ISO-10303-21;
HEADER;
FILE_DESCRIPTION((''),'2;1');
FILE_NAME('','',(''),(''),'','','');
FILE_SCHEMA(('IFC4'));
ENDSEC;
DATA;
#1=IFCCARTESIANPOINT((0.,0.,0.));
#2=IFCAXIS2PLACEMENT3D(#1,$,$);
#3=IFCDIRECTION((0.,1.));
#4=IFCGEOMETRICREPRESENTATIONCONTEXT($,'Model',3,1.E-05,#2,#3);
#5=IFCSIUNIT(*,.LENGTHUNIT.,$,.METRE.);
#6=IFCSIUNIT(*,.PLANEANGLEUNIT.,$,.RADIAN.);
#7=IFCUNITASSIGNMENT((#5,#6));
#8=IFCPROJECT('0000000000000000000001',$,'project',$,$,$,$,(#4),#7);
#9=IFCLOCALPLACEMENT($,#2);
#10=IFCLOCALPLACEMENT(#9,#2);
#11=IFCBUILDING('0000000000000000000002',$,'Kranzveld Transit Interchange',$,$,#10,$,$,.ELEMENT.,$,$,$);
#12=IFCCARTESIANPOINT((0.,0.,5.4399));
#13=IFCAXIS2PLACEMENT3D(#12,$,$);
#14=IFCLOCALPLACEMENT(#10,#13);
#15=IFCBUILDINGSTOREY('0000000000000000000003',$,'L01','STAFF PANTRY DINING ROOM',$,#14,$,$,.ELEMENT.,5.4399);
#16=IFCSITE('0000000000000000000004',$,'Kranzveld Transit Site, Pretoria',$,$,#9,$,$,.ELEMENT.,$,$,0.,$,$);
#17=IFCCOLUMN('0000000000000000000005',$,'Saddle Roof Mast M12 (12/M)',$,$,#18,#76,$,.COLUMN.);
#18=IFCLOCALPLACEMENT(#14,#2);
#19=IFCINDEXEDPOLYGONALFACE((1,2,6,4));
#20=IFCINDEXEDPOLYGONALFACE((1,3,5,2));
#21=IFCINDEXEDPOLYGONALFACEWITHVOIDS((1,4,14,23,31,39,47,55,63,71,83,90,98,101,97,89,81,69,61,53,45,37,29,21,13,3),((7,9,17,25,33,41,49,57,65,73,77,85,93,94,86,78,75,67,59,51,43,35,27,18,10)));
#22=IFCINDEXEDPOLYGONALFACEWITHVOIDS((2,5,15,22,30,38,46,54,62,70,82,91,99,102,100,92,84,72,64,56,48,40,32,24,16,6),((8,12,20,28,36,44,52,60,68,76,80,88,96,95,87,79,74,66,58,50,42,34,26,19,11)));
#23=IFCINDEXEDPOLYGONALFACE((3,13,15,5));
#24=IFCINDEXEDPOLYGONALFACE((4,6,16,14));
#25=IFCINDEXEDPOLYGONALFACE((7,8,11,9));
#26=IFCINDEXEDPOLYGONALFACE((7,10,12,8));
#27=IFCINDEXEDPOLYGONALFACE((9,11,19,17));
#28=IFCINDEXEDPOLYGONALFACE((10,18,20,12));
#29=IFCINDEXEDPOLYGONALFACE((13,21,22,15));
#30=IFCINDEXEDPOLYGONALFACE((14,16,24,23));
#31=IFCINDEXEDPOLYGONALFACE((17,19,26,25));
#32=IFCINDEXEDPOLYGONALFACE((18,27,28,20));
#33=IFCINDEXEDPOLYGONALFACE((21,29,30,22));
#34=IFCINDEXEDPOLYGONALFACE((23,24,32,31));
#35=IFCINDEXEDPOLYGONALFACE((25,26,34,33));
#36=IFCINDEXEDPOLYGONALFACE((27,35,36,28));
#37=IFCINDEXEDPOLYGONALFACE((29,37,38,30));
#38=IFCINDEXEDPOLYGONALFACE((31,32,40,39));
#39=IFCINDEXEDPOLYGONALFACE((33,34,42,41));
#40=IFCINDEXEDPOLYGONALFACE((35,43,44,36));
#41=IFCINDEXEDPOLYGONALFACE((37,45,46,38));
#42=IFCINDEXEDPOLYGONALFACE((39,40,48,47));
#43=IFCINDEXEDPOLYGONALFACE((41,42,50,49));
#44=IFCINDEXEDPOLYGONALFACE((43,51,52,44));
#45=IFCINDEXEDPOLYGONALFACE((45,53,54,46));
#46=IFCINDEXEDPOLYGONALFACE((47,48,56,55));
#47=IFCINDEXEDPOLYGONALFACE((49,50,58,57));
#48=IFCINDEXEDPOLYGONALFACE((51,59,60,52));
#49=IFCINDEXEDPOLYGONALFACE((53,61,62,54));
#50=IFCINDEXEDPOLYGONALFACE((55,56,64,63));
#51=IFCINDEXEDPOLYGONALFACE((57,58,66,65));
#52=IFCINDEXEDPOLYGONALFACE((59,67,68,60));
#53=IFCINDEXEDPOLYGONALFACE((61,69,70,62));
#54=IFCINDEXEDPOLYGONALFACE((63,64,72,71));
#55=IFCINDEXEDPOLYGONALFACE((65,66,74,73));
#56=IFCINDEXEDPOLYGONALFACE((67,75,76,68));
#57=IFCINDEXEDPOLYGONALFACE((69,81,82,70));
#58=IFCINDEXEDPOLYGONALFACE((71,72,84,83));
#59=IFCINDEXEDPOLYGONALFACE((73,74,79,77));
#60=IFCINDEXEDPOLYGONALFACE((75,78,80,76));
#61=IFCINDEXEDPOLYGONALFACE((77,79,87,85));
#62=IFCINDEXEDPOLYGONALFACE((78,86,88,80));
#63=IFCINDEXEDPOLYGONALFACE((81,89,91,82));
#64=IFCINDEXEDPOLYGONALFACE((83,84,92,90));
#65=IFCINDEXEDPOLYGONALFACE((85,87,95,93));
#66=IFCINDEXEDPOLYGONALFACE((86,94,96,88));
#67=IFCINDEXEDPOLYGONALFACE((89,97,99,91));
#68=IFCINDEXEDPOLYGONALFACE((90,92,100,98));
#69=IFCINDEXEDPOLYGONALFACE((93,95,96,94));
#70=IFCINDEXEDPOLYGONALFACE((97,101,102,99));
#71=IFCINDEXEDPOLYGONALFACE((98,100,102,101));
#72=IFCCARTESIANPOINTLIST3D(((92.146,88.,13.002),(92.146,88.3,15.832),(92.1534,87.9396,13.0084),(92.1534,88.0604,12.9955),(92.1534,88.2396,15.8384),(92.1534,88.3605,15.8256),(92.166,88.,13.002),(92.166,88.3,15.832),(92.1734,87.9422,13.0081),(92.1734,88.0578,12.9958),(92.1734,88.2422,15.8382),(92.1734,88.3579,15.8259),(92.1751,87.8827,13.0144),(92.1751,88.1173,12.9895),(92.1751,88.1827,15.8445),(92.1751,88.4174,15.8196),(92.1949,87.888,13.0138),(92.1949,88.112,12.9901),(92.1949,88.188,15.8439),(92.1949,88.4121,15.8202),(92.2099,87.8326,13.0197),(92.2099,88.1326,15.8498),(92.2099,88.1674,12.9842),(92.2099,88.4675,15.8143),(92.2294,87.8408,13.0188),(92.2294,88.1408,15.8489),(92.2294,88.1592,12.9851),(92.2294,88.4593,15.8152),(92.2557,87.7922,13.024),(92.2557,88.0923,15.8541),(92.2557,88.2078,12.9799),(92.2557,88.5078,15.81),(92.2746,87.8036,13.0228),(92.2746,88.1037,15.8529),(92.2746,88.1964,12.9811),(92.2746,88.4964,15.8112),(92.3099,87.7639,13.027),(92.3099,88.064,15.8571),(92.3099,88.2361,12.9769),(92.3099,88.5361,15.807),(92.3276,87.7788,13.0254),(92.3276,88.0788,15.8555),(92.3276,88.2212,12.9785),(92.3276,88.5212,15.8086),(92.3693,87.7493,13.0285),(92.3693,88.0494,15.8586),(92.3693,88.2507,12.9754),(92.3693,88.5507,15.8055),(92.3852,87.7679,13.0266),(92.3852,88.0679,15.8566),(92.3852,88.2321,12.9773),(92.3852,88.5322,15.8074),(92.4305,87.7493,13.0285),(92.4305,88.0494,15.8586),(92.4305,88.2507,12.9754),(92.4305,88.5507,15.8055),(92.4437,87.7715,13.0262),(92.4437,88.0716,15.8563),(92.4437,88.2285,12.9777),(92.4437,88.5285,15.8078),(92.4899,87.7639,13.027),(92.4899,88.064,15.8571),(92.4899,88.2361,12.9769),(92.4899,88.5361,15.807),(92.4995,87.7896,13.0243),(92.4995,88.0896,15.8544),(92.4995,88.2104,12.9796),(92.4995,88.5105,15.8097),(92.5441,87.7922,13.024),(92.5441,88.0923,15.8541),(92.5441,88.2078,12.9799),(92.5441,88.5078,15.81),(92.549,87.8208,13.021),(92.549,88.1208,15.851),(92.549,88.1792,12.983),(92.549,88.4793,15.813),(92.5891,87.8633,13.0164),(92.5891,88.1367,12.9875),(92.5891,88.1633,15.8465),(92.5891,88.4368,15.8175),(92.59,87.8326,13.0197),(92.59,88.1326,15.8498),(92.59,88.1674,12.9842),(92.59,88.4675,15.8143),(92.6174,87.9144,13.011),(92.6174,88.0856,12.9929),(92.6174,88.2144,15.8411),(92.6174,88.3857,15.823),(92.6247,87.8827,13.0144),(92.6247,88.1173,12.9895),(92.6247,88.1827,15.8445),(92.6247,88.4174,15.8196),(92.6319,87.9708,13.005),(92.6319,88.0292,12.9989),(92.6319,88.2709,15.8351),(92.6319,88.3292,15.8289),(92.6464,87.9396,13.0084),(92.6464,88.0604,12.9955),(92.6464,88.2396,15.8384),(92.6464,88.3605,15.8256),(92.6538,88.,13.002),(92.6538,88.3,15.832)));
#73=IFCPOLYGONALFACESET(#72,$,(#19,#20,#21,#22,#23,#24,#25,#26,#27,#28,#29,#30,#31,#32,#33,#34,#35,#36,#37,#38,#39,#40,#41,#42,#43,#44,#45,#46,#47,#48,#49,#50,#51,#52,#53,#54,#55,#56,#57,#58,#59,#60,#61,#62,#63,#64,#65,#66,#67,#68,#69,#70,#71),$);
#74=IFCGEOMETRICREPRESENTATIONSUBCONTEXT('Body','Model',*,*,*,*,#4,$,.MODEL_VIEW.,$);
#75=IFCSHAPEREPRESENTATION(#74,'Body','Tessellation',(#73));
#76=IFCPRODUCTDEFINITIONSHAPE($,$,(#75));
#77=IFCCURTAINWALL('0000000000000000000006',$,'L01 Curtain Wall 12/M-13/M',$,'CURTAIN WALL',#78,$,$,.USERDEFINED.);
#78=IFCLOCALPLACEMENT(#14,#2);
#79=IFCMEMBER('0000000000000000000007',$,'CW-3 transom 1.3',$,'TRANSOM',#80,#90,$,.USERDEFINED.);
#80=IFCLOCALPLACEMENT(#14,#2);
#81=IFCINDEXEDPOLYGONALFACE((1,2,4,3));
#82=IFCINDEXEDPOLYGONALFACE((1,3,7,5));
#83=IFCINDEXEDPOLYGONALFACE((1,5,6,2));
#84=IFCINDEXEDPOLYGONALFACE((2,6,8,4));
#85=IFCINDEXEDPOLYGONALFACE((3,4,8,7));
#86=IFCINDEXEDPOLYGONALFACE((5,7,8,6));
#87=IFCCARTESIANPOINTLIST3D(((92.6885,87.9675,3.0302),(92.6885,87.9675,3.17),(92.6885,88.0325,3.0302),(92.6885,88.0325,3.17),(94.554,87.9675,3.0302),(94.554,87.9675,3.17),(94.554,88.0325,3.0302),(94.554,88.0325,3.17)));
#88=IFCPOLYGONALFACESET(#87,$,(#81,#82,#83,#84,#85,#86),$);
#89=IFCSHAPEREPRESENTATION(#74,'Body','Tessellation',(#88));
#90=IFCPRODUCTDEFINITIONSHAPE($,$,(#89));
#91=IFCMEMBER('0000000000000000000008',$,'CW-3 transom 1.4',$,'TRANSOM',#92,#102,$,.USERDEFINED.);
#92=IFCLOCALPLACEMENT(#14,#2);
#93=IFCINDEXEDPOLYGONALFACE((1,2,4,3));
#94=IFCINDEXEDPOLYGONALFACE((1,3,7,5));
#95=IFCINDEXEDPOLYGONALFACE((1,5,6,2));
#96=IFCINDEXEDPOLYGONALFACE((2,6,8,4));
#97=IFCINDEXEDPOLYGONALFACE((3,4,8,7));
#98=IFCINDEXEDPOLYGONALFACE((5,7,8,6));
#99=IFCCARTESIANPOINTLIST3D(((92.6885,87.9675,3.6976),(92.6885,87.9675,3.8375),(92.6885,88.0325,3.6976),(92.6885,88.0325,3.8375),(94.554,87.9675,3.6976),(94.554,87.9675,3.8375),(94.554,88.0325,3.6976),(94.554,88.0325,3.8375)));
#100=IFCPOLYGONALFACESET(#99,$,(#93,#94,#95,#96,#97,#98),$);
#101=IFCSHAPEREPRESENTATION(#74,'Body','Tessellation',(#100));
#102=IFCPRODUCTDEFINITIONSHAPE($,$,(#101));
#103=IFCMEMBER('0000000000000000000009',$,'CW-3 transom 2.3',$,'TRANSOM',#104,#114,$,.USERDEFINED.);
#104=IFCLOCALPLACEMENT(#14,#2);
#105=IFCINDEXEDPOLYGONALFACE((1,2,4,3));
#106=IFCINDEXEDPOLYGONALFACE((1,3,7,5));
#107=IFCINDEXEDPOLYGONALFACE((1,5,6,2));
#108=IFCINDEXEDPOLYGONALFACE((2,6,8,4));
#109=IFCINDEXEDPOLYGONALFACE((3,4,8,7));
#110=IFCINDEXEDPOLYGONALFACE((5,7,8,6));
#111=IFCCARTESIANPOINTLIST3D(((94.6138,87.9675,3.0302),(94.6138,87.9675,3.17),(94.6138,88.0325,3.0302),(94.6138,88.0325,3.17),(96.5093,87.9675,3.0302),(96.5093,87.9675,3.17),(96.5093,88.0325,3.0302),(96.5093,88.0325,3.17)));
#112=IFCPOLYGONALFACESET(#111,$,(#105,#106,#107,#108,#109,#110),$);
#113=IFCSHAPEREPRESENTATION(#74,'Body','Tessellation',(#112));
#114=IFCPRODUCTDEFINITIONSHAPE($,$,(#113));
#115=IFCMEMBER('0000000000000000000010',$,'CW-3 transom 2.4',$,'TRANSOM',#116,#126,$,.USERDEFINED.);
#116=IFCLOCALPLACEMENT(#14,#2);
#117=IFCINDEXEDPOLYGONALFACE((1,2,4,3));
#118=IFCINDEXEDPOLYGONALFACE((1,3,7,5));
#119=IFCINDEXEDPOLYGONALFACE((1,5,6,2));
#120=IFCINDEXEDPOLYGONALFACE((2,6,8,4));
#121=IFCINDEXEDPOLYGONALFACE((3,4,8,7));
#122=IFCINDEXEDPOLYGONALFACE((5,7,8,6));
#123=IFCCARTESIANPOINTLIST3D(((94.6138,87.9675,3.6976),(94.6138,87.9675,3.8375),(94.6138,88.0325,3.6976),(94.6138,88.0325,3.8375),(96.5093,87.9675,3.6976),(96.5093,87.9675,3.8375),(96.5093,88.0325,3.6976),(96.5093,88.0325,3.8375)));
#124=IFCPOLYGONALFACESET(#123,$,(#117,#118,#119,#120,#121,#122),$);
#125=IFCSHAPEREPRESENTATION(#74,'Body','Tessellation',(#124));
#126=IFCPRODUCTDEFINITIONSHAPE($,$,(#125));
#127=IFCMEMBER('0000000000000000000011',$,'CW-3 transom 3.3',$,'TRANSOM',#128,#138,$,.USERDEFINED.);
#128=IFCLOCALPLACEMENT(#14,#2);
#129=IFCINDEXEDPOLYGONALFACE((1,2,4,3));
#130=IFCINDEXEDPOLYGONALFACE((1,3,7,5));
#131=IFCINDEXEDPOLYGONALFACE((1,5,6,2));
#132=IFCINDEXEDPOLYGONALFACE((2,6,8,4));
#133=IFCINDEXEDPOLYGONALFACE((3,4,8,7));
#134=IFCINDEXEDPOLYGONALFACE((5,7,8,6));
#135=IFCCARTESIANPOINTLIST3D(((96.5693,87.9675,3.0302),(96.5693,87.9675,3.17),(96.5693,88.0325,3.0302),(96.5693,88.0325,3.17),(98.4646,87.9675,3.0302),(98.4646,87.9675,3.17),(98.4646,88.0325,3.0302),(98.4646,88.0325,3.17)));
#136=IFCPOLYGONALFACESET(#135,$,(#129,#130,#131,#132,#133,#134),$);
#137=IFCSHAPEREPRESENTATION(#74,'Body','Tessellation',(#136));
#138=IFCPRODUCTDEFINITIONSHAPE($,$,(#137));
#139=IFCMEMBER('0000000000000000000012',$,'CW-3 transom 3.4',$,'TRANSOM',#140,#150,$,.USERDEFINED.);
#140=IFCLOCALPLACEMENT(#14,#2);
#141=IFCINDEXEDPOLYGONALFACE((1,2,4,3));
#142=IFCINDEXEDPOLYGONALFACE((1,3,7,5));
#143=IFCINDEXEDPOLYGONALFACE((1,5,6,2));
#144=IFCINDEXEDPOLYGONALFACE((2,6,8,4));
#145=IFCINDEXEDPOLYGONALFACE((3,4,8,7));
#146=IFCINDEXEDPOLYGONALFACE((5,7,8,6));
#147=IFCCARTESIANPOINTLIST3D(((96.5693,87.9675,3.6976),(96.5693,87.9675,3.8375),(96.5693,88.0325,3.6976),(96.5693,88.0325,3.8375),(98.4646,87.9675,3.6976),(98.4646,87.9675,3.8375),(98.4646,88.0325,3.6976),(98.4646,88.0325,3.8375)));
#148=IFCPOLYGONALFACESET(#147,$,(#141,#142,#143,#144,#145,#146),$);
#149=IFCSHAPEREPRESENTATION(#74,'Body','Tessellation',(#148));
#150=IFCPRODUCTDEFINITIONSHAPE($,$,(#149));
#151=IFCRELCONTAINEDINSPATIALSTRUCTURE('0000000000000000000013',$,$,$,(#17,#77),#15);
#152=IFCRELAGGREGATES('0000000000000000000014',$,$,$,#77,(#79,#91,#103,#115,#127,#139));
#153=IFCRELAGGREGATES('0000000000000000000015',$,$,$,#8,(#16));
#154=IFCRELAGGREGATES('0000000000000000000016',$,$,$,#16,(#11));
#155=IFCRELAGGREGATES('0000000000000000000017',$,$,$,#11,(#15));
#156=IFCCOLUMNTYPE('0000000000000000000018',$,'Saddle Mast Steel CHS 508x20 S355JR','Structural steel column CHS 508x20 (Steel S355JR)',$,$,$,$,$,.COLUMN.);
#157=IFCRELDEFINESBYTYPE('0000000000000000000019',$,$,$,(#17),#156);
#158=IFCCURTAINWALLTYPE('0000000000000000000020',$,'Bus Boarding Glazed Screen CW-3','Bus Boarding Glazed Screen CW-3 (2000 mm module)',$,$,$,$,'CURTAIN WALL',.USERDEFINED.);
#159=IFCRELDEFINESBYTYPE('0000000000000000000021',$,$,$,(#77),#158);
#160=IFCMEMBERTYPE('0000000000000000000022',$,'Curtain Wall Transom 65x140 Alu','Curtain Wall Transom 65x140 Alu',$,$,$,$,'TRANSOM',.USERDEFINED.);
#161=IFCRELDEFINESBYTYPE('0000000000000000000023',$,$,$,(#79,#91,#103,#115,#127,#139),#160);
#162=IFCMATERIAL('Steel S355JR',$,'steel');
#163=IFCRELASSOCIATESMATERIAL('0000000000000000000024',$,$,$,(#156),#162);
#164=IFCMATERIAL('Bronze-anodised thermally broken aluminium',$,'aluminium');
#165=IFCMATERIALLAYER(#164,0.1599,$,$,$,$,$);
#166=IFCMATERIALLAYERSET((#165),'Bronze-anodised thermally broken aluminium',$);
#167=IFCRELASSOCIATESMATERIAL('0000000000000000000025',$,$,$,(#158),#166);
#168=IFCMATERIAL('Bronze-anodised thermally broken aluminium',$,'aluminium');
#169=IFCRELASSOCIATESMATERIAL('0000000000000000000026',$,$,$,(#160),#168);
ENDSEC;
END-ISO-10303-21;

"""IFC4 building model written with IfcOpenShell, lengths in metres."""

from ifc_helpers import new_model, si_unit, direction, frame, origin, origin_2d, place, context, subcontext, project, spatial, rectangle, hollow_circle, extrude, material, layer, layer_set, material_profile, profile_set, type_object, element, aggregate, save


model = new_model("IFC4")

# Units and contexts
model_context = context("Model", 3, precision=1e-05, world=origin(), true_north=direction((0.0, 1.0)))
body_context = subcontext(model_context, "Body", "Model", "MODEL_VIEW")
ifc_project = project(units=[si_unit("LENGTHUNIT", "METRE"), si_unit("PLANEANGLEUNIT", "RADIAN")], contexts=[model_context])

# Site, building, storey
site_placement = place(None, origin())
site = spatial("IfcSite", under=ifc_project, at=site_placement, Name="Kranzveld Transit Site, Pretoria", CompositionType="ELEMENT", RefElevation=0.0)
building_placement = place(site_placement, origin())
building = spatial("IfcBuilding", under=site, at=building_placement, Name="Kranzveld Transit Interchange", CompositionType="ELEMENT")
storey_placement = place(building_placement, frame((0.0, 0.0, 5.4399)))
storey = spatial("IfcBuildingStorey", under=building, at=storey_placement, Name="L01", Description="STAFF PANTRY DINING ROOM", CompositionType="ELEMENT", Elevation=5.4399)

# Column
ifc_material_1 = material(Name="Steel S355JR", Category="steel")
ifc_material_profile_1 = material_profile(ifc_material_1, hollow_circle(Radius=0.2539, WallThickness=0.02, at=origin_2d()), Name="CHS 508x20")
ifc_profile_set_1 = profile_set([ifc_material_profile_1], Name="Steel S355JR")
column_type = type_object("IfcColumnType", Name="Saddle Mast Steel CHS 508x20 S355JR", Description="Structural steel column CHS 508x20 (Steel S355JR)", PredefinedType="COLUMN", material=ifc_profile_set_1)
column_placement = place(storey_placement, frame((92.3999, 88.0, 13.002), z_axis=(0.0, 0.105431, 0.994427), x_axis=(-1.0, 0.0, 0.0)))
element("IfcColumn", 1, at=column_placement, inside=storey, type_object=column_type, Name="Saddle Roof Mast M12 (12/M)", PredefinedType="COLUMN", context=body_context, shape_type="SweptSolid", body=[
    extrude(hollow_circle(Radius=0.2539, WallThickness=0.02, at=origin_2d()), origin(), (0.0, 0.0, 1.0), 2.8459),
])

# Curtain wall, members
ifc_material_2 = material(Name="Bronze-anodised thermally broken aluminium", Category="aluminium")
ifc_layer_1 = layer(ifc_material_2, 0.1599)
ifc_layer_set_1 = layer_set([ifc_layer_1], Name="Bronze-anodised thermally broken aluminium")
curtain_wall_type = type_object("IfcCurtainWallType", Name="Bus Boarding Glazed Screen CW-3", Description="Bus Boarding Glazed Screen CW-3 (2000 mm module)", ElementType="CURTAIN WALL", PredefinedType="USERDEFINED", material=ifc_layer_set_1)
curtain_wall_placement = place(storey_placement, origin())
curtain_wall = element("IfcCurtainWall", 2, at=curtain_wall_placement, inside=storey, type_object=curtain_wall_type, Name="L01 Curtain Wall 12/M-13/M", ObjectType="CURTAIN WALL", PredefinedType="USERDEFINED")
ifc_material_3 = material(Name="Bronze-anodised thermally broken aluminium", Category="aluminium")
ifc_material_profile_2 = material_profile(ifc_material_3, rectangle(XDim=0.0649, YDim=0.1399, at=origin_2d()), Name="ALU TRANSOM 65x140")
ifc_profile_set_2 = profile_set([ifc_material_profile_2], Name="Bronze-anodised thermally broken aluminium")
member_type_1 = type_object("IfcMemberType", Name="Curtain Wall Transom 65x140 Alu", Description="Curtain Wall Transom 65x140 Alu", ElementType="TRANSOM", PredefinedType="USERDEFINED", material=ifc_profile_set_2)
member_1_placement = place(storey_placement, frame((92.6885, 88.0, 3.1001), z_axis=(1.0, 0.0, 0.0), x_axis=(0.0, 1.0, 0.0)))
member_1 = element("IfcMember", 3, at=member_1_placement, type_object=member_type_1, Name="CW-3 transom 1.3", ObjectType="TRANSOM", PredefinedType="USERDEFINED", context=body_context, shape_type="SweptSolid", body=[
    extrude(rectangle(XDim=0.0649, YDim=0.1399, at=origin_2d()), origin(), (0.0, 0.0, 1.0), 1.8655),
])
member_2_placement = place(storey_placement, frame((92.6885, 88.0, 3.7676), z_axis=(1.0, 0.0, 0.0), x_axis=(0.0, 1.0, 0.0)))
member_2 = element("IfcMember", 4, at=member_2_placement, type_object=member_type_1, Name="CW-3 transom 1.4", ObjectType="TRANSOM", PredefinedType="USERDEFINED", context=body_context, shape_type="SweptSolid", body=[
    extrude(rectangle(XDim=0.0649, YDim=0.1399, at=origin_2d()), origin(), (0.0, 0.0, 1.0), 1.8655),
])
member_3_placement = place(storey_placement, frame((94.6138, 88.0, 3.1001), z_axis=(1.0, 0.0, 0.0), x_axis=(0.0, 1.0, 0.0)))
member_3 = element("IfcMember", 5, at=member_3_placement, type_object=member_type_1, Name="CW-3 transom 2.3", ObjectType="TRANSOM", PredefinedType="USERDEFINED", context=body_context, shape_type="SweptSolid", body=[
    extrude(rectangle(XDim=0.0649, YDim=0.1399, at=origin_2d()), origin(), (0.0, 0.0, 1.0), 1.8955),
])
member_4_placement = place(storey_placement, frame((94.6138, 88.0, 3.7676), z_axis=(1.0, 0.0, 0.0), x_axis=(0.0, 1.0, 0.0)))
member_4 = element("IfcMember", 6, at=member_4_placement, type_object=member_type_1, Name="CW-3 transom 2.4", ObjectType="TRANSOM", PredefinedType="USERDEFINED", context=body_context, shape_type="SweptSolid", body=[
    extrude(rectangle(XDim=0.0649, YDim=0.1399, at=origin_2d()), origin(), (0.0, 0.0, 1.0), 1.8955),
])
member_5_placement = place(storey_placement, frame((96.5693, 88.0, 3.1001), z_axis=(1.0, 0.0, 0.0), x_axis=(0.0, 1.0, 0.0)))
member_5 = element("IfcMember", 7, at=member_5_placement, type_object=member_type_1, Name="CW-3 transom 3.3", ObjectType="TRANSOM", PredefinedType="USERDEFINED", context=body_context, shape_type="SweptSolid", body=[
    extrude(rectangle(XDim=0.0649, YDim=0.1399, at=origin_2d()), origin(), (0.0, 0.0, 1.0), 1.8953),
])
member_6_placement = place(storey_placement, frame((96.5693, 88.0, 3.7676), z_axis=(1.0, 0.0, 0.0), x_axis=(0.0, 1.0, 0.0)))
member_6 = element("IfcMember", 8, at=member_6_placement, type_object=member_type_1, Name="CW-3 transom 3.4", ObjectType="TRANSOM", PredefinedType="USERDEFINED", context=body_context, shape_type="SweptSolid", body=[
    extrude(rectangle(XDim=0.0649, YDim=0.1399, at=origin_2d()), origin(), (0.0, 0.0, 1.0), 1.8953),
])

aggregate(curtain_wall, [member_1, member_2, member_3, member_4, member_5, member_6])

save(model, "model.ifc")
